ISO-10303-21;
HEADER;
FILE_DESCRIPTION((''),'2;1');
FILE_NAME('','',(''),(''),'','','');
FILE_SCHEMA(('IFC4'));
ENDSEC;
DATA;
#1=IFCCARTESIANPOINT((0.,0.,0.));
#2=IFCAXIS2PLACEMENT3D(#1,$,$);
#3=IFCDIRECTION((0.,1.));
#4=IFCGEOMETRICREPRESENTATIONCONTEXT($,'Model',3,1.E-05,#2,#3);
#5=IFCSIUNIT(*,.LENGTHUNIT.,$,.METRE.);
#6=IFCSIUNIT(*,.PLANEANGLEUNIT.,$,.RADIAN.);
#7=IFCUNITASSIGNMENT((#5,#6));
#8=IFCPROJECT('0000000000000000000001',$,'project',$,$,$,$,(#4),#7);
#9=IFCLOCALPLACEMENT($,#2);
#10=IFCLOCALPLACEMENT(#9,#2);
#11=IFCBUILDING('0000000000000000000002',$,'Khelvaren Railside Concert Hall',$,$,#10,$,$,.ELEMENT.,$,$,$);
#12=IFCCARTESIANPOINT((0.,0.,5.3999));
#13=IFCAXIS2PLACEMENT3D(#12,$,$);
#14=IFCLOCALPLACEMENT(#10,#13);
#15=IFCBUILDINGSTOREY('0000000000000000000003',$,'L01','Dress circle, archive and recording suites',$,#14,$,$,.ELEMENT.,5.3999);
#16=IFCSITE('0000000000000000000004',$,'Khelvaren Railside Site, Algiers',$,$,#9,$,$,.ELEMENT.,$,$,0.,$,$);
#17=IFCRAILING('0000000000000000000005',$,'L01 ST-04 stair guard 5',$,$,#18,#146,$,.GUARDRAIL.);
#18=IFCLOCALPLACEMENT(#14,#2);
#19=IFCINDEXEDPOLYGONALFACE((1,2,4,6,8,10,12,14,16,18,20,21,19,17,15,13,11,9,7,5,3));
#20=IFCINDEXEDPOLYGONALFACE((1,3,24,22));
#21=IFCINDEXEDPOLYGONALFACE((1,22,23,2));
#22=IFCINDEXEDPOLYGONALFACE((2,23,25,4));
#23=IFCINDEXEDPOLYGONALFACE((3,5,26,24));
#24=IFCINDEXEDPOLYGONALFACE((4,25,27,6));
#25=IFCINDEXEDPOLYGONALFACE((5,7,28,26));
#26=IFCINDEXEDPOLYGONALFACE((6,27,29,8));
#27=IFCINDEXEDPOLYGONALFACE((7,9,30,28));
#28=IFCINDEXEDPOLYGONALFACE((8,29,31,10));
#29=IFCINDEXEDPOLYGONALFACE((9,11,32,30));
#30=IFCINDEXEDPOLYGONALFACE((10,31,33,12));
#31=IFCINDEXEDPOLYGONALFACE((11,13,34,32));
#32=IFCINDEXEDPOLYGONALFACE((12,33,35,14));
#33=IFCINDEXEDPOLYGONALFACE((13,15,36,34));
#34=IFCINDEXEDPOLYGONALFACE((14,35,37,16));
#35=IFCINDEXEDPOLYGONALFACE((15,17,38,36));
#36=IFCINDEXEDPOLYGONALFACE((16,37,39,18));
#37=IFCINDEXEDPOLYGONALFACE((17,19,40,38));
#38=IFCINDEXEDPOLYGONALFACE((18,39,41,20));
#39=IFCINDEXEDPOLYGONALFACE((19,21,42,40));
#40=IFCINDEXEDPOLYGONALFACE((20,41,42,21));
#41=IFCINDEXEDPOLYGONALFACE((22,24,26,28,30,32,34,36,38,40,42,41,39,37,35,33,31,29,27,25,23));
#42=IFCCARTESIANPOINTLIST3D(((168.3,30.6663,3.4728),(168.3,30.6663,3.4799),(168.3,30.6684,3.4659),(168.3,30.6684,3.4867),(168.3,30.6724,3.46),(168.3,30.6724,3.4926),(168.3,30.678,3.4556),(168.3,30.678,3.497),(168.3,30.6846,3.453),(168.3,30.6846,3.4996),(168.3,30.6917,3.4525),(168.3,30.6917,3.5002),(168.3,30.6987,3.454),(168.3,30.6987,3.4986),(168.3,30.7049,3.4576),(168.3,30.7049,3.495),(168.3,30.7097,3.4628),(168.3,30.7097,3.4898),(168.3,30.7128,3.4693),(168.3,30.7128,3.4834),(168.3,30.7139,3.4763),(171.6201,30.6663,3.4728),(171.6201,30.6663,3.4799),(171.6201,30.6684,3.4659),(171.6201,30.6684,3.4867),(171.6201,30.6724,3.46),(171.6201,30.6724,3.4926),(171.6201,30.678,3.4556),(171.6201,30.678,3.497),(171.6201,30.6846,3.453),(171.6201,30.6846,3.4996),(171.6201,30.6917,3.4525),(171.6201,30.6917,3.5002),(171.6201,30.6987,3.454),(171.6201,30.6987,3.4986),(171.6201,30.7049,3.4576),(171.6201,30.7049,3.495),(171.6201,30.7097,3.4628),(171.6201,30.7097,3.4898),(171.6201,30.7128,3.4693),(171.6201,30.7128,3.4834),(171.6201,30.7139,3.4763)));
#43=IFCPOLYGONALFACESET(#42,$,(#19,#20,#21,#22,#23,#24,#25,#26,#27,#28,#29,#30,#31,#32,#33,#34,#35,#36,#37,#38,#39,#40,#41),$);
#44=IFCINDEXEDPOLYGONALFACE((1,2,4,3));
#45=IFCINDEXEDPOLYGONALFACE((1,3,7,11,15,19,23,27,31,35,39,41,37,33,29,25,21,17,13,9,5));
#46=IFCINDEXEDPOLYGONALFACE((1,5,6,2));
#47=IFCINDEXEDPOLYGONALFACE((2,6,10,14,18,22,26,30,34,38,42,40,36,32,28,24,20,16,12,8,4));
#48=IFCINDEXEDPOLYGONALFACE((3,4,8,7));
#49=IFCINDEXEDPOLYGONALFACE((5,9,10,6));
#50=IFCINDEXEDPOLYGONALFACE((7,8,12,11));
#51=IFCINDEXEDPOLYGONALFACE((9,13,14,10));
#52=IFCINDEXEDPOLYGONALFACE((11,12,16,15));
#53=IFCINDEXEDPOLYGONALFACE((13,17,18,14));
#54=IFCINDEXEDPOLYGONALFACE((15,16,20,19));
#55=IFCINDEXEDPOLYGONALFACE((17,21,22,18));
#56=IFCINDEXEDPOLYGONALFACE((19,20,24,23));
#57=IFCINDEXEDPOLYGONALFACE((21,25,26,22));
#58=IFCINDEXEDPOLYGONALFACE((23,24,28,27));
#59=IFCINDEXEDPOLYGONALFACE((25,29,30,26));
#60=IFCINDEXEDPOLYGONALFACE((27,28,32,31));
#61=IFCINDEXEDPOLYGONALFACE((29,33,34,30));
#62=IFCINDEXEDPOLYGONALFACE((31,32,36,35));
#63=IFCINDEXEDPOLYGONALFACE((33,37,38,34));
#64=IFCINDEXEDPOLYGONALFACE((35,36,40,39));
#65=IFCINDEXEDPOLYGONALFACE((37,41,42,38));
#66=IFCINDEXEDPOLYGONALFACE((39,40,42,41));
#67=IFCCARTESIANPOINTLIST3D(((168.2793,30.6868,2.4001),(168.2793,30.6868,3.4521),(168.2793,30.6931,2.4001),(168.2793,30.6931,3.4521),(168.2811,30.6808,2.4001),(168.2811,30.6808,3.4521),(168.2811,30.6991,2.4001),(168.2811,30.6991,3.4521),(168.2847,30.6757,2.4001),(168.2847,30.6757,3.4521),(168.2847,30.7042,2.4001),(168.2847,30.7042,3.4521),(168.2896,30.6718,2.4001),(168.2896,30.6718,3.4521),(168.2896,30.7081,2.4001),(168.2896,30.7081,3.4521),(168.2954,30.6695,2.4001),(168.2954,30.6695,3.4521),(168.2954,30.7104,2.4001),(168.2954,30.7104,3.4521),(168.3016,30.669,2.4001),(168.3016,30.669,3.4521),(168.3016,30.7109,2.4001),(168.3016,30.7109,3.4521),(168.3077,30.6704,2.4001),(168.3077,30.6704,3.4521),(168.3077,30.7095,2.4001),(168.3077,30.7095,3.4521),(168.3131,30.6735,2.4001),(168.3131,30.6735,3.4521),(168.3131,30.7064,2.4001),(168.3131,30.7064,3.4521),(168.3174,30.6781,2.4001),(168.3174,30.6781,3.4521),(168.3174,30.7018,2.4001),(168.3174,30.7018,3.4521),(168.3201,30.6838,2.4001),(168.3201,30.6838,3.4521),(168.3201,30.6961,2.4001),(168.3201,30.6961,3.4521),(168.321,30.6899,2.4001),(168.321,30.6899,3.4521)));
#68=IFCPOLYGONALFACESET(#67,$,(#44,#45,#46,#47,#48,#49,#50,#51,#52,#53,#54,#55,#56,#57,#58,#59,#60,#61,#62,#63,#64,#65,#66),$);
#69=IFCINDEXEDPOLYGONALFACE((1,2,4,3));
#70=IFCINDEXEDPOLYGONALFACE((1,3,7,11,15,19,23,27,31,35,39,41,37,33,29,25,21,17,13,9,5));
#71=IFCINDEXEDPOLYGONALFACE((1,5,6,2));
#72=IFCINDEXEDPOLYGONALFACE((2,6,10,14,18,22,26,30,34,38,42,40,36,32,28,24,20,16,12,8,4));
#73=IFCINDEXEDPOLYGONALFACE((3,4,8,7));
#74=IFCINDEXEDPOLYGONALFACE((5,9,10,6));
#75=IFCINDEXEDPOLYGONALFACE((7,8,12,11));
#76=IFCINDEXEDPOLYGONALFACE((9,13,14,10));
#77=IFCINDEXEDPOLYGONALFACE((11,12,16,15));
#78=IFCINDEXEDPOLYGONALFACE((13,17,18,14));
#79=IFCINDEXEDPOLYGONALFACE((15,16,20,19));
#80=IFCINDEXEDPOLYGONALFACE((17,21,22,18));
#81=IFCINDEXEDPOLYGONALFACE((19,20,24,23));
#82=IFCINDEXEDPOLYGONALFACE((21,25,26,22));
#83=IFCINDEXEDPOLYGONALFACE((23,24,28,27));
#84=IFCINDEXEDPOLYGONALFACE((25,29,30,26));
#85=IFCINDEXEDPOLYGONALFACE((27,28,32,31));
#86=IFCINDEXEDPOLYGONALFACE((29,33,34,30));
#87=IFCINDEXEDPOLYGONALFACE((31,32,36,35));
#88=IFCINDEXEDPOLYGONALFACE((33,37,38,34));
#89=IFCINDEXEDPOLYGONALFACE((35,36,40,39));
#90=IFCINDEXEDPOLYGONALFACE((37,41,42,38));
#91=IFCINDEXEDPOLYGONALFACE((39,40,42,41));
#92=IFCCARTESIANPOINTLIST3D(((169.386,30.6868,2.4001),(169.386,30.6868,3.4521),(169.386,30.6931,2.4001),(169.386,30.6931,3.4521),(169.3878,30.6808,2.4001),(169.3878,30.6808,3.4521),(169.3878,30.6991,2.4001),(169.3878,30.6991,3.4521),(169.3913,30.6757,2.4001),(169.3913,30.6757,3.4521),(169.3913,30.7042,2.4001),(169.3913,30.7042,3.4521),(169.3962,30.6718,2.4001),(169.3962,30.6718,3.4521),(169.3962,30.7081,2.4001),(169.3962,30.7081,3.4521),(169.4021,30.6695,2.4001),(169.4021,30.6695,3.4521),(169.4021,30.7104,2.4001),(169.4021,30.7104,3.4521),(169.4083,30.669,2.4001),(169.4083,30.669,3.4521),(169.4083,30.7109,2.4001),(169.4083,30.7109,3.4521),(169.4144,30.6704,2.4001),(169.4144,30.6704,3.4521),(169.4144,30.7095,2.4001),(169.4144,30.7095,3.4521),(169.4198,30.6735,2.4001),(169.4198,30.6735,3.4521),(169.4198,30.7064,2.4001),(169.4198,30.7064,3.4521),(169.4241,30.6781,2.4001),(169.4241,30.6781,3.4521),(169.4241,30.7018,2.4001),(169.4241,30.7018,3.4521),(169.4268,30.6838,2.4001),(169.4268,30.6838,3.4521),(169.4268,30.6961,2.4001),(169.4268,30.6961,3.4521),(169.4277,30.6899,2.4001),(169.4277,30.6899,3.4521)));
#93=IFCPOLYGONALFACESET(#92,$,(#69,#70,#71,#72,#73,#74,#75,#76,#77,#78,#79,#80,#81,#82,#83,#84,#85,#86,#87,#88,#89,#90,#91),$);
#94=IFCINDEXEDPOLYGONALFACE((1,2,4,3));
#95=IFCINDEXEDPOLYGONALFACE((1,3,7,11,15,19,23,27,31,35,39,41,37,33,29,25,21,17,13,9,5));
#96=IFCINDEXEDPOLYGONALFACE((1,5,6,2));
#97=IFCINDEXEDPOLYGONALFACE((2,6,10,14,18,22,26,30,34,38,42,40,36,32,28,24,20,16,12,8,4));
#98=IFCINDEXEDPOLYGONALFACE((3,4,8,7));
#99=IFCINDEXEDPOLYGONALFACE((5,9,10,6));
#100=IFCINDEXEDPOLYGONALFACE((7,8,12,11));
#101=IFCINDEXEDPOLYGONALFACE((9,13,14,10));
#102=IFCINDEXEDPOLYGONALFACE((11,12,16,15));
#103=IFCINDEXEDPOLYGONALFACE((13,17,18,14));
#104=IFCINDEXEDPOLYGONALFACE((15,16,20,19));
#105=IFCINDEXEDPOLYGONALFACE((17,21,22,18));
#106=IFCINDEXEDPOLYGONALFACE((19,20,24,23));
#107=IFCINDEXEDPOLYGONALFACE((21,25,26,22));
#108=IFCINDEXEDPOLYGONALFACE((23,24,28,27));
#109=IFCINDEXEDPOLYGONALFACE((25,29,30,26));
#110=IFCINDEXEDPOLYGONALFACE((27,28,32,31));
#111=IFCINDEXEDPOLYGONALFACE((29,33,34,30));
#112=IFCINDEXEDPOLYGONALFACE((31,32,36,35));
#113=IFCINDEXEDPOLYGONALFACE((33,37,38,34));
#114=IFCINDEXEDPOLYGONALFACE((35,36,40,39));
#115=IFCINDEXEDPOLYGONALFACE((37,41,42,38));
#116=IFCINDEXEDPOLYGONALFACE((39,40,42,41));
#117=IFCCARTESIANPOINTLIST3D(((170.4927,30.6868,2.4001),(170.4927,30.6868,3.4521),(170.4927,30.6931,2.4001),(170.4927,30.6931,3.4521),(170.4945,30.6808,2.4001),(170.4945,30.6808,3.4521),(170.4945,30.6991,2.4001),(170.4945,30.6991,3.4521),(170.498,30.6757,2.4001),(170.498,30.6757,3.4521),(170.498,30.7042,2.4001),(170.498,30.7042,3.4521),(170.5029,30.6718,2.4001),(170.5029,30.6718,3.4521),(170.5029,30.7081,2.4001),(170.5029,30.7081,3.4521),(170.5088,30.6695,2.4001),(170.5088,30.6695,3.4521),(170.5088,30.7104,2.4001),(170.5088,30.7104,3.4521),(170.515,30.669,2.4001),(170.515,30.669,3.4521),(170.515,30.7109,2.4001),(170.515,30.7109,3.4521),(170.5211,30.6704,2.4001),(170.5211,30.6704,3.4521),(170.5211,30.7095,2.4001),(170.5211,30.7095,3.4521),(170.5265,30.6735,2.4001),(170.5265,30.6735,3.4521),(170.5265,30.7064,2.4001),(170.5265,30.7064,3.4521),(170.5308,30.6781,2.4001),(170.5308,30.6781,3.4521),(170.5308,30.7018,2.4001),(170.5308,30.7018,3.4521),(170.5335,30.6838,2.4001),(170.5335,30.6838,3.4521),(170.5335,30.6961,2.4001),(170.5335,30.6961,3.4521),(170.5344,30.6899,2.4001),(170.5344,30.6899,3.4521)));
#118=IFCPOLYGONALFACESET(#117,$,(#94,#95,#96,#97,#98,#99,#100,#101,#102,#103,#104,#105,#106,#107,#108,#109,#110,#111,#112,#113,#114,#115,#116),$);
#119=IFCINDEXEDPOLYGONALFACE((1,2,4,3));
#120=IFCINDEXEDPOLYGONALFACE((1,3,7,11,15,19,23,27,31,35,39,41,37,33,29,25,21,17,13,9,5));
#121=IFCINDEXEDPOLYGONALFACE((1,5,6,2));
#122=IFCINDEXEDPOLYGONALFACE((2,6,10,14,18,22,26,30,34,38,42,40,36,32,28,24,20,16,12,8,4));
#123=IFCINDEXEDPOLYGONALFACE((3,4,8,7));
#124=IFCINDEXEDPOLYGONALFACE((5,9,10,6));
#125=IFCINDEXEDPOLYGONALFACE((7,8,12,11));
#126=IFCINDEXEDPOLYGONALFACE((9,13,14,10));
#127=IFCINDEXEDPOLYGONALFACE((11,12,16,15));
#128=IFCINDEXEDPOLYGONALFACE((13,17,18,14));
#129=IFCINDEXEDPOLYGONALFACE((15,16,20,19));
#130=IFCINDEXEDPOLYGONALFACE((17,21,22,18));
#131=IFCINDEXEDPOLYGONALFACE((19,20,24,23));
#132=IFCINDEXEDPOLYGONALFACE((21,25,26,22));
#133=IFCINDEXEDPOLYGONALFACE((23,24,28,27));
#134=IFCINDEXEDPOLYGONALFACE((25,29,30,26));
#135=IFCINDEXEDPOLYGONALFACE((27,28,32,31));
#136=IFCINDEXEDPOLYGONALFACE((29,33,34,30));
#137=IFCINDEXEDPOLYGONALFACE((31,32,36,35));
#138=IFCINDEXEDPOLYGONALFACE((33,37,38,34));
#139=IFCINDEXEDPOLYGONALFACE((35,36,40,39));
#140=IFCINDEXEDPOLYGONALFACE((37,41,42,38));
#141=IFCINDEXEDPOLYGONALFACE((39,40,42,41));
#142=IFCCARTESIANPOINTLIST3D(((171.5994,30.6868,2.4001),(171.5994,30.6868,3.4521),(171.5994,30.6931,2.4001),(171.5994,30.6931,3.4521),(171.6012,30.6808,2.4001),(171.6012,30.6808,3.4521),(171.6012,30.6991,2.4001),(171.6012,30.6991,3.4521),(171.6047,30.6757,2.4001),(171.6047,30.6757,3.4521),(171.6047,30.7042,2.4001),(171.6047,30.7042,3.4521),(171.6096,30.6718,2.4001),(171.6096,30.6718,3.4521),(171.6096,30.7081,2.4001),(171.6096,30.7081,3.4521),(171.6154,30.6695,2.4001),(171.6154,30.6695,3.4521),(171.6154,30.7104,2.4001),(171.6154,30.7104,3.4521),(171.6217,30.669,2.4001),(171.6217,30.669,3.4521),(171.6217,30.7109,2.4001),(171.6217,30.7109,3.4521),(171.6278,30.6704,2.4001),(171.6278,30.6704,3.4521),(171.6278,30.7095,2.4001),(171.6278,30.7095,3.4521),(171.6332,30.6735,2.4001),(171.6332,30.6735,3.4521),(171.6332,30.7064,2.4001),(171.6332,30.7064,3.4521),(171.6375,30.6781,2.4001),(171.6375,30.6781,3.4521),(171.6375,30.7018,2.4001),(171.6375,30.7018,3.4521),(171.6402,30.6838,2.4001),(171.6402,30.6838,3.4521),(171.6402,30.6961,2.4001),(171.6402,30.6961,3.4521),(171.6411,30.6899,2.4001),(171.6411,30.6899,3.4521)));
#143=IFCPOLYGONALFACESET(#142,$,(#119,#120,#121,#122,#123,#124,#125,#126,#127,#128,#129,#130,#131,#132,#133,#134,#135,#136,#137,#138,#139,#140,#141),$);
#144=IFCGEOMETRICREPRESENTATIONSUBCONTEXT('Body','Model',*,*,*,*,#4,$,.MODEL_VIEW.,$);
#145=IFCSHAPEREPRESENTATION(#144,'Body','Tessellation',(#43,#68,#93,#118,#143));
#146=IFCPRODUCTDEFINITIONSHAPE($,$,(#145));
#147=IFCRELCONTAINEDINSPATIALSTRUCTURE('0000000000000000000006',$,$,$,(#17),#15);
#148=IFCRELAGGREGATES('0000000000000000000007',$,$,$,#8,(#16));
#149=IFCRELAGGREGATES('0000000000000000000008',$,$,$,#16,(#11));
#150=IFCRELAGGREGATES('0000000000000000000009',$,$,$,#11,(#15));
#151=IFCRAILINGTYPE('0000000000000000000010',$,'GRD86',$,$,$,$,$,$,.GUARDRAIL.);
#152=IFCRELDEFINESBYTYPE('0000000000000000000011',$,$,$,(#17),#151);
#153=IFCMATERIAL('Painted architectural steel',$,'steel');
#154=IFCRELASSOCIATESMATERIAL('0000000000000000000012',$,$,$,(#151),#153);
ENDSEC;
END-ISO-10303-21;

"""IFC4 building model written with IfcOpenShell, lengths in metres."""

from ifc_helpers import new_model, si_unit, direction, frame, origin, origin_2d, place, context, subcontext, project, spatial, circle, extrude, material, type_object, element, save


model = new_model("IFC4")

# Units and contexts
model_context = context("Model", 3, precision=1e-05, world=origin(), true_north=direction((0.0, 1.0)))
body_context = subcontext(model_context, "Body", "Model", "MODEL_VIEW")
ifc_project = project(units=[si_unit("LENGTHUNIT", "METRE"), si_unit("PLANEANGLEUNIT", "RADIAN")], contexts=[model_context])

# Site, building, storey
site_placement = place(None, origin())
site = spatial("IfcSite", under=ifc_project, at=site_placement, Name="Khelvaren Railside Site, Algiers", CompositionType="ELEMENT", RefElevation=0.0)
building_placement = place(site_placement, origin())
building = spatial("IfcBuilding", under=site, at=building_placement, Name="Khelvaren Railside Concert Hall", CompositionType="ELEMENT")
storey_placement = place(building_placement, frame((0.0, 0.0, 5.3999)))
storey = spatial("IfcBuildingStorey", under=building, at=storey_placement, Name="L01", Description="Dress circle, archive and recording suites", CompositionType="ELEMENT", Elevation=5.3999)

# Railing
ifc_material_1 = material(Name="Painted architectural steel", Category="steel")
railing_type = type_object("IfcRailingType", Name="GRD86", PredefinedType="GUARDRAIL", material=ifc_material_1)
railing_1_placement = place(storey_placement, frame((168.3, 30.6899, 2.4001)))
element("IfcRailing", 1, at=railing_1_placement, inside=storey, type_object=railing_type, Name="L01 ST-04 stair guard 5", PredefinedType="GUARDRAIL", context=body_context, shape_type="SweptSolid", body=[
    extrude(circle(Radius=0.0239, at=origin_2d()), frame((0.0, 0.0, 1.0762), z_axis=(1.0, 0.0, 0.0), x_axis=(0.0, 1.0, 0.0)), (0.0, 0.0, 1.0), 3.3201),
    extrude(circle(Radius=0.021, at=origin_2d()), origin(), (0.0, 0.0, 1.0), 1.052),
    extrude(circle(Radius=0.021, at=origin_2d()), frame((1.1067, 0.0, 0.0)), (0.0, 0.0, 1.0), 1.052),
    extrude(circle(Radius=0.021, at=origin_2d()), frame((2.2134, 0.0, 0.0)), (0.0, 0.0, 1.0), 1.052),
    extrude(circle(Radius=0.021, at=origin_2d()), frame((3.3201, 0.0, 0.0)), (0.0, 0.0, 1.0), 1.052),
])

save(model, "model.ifc")
